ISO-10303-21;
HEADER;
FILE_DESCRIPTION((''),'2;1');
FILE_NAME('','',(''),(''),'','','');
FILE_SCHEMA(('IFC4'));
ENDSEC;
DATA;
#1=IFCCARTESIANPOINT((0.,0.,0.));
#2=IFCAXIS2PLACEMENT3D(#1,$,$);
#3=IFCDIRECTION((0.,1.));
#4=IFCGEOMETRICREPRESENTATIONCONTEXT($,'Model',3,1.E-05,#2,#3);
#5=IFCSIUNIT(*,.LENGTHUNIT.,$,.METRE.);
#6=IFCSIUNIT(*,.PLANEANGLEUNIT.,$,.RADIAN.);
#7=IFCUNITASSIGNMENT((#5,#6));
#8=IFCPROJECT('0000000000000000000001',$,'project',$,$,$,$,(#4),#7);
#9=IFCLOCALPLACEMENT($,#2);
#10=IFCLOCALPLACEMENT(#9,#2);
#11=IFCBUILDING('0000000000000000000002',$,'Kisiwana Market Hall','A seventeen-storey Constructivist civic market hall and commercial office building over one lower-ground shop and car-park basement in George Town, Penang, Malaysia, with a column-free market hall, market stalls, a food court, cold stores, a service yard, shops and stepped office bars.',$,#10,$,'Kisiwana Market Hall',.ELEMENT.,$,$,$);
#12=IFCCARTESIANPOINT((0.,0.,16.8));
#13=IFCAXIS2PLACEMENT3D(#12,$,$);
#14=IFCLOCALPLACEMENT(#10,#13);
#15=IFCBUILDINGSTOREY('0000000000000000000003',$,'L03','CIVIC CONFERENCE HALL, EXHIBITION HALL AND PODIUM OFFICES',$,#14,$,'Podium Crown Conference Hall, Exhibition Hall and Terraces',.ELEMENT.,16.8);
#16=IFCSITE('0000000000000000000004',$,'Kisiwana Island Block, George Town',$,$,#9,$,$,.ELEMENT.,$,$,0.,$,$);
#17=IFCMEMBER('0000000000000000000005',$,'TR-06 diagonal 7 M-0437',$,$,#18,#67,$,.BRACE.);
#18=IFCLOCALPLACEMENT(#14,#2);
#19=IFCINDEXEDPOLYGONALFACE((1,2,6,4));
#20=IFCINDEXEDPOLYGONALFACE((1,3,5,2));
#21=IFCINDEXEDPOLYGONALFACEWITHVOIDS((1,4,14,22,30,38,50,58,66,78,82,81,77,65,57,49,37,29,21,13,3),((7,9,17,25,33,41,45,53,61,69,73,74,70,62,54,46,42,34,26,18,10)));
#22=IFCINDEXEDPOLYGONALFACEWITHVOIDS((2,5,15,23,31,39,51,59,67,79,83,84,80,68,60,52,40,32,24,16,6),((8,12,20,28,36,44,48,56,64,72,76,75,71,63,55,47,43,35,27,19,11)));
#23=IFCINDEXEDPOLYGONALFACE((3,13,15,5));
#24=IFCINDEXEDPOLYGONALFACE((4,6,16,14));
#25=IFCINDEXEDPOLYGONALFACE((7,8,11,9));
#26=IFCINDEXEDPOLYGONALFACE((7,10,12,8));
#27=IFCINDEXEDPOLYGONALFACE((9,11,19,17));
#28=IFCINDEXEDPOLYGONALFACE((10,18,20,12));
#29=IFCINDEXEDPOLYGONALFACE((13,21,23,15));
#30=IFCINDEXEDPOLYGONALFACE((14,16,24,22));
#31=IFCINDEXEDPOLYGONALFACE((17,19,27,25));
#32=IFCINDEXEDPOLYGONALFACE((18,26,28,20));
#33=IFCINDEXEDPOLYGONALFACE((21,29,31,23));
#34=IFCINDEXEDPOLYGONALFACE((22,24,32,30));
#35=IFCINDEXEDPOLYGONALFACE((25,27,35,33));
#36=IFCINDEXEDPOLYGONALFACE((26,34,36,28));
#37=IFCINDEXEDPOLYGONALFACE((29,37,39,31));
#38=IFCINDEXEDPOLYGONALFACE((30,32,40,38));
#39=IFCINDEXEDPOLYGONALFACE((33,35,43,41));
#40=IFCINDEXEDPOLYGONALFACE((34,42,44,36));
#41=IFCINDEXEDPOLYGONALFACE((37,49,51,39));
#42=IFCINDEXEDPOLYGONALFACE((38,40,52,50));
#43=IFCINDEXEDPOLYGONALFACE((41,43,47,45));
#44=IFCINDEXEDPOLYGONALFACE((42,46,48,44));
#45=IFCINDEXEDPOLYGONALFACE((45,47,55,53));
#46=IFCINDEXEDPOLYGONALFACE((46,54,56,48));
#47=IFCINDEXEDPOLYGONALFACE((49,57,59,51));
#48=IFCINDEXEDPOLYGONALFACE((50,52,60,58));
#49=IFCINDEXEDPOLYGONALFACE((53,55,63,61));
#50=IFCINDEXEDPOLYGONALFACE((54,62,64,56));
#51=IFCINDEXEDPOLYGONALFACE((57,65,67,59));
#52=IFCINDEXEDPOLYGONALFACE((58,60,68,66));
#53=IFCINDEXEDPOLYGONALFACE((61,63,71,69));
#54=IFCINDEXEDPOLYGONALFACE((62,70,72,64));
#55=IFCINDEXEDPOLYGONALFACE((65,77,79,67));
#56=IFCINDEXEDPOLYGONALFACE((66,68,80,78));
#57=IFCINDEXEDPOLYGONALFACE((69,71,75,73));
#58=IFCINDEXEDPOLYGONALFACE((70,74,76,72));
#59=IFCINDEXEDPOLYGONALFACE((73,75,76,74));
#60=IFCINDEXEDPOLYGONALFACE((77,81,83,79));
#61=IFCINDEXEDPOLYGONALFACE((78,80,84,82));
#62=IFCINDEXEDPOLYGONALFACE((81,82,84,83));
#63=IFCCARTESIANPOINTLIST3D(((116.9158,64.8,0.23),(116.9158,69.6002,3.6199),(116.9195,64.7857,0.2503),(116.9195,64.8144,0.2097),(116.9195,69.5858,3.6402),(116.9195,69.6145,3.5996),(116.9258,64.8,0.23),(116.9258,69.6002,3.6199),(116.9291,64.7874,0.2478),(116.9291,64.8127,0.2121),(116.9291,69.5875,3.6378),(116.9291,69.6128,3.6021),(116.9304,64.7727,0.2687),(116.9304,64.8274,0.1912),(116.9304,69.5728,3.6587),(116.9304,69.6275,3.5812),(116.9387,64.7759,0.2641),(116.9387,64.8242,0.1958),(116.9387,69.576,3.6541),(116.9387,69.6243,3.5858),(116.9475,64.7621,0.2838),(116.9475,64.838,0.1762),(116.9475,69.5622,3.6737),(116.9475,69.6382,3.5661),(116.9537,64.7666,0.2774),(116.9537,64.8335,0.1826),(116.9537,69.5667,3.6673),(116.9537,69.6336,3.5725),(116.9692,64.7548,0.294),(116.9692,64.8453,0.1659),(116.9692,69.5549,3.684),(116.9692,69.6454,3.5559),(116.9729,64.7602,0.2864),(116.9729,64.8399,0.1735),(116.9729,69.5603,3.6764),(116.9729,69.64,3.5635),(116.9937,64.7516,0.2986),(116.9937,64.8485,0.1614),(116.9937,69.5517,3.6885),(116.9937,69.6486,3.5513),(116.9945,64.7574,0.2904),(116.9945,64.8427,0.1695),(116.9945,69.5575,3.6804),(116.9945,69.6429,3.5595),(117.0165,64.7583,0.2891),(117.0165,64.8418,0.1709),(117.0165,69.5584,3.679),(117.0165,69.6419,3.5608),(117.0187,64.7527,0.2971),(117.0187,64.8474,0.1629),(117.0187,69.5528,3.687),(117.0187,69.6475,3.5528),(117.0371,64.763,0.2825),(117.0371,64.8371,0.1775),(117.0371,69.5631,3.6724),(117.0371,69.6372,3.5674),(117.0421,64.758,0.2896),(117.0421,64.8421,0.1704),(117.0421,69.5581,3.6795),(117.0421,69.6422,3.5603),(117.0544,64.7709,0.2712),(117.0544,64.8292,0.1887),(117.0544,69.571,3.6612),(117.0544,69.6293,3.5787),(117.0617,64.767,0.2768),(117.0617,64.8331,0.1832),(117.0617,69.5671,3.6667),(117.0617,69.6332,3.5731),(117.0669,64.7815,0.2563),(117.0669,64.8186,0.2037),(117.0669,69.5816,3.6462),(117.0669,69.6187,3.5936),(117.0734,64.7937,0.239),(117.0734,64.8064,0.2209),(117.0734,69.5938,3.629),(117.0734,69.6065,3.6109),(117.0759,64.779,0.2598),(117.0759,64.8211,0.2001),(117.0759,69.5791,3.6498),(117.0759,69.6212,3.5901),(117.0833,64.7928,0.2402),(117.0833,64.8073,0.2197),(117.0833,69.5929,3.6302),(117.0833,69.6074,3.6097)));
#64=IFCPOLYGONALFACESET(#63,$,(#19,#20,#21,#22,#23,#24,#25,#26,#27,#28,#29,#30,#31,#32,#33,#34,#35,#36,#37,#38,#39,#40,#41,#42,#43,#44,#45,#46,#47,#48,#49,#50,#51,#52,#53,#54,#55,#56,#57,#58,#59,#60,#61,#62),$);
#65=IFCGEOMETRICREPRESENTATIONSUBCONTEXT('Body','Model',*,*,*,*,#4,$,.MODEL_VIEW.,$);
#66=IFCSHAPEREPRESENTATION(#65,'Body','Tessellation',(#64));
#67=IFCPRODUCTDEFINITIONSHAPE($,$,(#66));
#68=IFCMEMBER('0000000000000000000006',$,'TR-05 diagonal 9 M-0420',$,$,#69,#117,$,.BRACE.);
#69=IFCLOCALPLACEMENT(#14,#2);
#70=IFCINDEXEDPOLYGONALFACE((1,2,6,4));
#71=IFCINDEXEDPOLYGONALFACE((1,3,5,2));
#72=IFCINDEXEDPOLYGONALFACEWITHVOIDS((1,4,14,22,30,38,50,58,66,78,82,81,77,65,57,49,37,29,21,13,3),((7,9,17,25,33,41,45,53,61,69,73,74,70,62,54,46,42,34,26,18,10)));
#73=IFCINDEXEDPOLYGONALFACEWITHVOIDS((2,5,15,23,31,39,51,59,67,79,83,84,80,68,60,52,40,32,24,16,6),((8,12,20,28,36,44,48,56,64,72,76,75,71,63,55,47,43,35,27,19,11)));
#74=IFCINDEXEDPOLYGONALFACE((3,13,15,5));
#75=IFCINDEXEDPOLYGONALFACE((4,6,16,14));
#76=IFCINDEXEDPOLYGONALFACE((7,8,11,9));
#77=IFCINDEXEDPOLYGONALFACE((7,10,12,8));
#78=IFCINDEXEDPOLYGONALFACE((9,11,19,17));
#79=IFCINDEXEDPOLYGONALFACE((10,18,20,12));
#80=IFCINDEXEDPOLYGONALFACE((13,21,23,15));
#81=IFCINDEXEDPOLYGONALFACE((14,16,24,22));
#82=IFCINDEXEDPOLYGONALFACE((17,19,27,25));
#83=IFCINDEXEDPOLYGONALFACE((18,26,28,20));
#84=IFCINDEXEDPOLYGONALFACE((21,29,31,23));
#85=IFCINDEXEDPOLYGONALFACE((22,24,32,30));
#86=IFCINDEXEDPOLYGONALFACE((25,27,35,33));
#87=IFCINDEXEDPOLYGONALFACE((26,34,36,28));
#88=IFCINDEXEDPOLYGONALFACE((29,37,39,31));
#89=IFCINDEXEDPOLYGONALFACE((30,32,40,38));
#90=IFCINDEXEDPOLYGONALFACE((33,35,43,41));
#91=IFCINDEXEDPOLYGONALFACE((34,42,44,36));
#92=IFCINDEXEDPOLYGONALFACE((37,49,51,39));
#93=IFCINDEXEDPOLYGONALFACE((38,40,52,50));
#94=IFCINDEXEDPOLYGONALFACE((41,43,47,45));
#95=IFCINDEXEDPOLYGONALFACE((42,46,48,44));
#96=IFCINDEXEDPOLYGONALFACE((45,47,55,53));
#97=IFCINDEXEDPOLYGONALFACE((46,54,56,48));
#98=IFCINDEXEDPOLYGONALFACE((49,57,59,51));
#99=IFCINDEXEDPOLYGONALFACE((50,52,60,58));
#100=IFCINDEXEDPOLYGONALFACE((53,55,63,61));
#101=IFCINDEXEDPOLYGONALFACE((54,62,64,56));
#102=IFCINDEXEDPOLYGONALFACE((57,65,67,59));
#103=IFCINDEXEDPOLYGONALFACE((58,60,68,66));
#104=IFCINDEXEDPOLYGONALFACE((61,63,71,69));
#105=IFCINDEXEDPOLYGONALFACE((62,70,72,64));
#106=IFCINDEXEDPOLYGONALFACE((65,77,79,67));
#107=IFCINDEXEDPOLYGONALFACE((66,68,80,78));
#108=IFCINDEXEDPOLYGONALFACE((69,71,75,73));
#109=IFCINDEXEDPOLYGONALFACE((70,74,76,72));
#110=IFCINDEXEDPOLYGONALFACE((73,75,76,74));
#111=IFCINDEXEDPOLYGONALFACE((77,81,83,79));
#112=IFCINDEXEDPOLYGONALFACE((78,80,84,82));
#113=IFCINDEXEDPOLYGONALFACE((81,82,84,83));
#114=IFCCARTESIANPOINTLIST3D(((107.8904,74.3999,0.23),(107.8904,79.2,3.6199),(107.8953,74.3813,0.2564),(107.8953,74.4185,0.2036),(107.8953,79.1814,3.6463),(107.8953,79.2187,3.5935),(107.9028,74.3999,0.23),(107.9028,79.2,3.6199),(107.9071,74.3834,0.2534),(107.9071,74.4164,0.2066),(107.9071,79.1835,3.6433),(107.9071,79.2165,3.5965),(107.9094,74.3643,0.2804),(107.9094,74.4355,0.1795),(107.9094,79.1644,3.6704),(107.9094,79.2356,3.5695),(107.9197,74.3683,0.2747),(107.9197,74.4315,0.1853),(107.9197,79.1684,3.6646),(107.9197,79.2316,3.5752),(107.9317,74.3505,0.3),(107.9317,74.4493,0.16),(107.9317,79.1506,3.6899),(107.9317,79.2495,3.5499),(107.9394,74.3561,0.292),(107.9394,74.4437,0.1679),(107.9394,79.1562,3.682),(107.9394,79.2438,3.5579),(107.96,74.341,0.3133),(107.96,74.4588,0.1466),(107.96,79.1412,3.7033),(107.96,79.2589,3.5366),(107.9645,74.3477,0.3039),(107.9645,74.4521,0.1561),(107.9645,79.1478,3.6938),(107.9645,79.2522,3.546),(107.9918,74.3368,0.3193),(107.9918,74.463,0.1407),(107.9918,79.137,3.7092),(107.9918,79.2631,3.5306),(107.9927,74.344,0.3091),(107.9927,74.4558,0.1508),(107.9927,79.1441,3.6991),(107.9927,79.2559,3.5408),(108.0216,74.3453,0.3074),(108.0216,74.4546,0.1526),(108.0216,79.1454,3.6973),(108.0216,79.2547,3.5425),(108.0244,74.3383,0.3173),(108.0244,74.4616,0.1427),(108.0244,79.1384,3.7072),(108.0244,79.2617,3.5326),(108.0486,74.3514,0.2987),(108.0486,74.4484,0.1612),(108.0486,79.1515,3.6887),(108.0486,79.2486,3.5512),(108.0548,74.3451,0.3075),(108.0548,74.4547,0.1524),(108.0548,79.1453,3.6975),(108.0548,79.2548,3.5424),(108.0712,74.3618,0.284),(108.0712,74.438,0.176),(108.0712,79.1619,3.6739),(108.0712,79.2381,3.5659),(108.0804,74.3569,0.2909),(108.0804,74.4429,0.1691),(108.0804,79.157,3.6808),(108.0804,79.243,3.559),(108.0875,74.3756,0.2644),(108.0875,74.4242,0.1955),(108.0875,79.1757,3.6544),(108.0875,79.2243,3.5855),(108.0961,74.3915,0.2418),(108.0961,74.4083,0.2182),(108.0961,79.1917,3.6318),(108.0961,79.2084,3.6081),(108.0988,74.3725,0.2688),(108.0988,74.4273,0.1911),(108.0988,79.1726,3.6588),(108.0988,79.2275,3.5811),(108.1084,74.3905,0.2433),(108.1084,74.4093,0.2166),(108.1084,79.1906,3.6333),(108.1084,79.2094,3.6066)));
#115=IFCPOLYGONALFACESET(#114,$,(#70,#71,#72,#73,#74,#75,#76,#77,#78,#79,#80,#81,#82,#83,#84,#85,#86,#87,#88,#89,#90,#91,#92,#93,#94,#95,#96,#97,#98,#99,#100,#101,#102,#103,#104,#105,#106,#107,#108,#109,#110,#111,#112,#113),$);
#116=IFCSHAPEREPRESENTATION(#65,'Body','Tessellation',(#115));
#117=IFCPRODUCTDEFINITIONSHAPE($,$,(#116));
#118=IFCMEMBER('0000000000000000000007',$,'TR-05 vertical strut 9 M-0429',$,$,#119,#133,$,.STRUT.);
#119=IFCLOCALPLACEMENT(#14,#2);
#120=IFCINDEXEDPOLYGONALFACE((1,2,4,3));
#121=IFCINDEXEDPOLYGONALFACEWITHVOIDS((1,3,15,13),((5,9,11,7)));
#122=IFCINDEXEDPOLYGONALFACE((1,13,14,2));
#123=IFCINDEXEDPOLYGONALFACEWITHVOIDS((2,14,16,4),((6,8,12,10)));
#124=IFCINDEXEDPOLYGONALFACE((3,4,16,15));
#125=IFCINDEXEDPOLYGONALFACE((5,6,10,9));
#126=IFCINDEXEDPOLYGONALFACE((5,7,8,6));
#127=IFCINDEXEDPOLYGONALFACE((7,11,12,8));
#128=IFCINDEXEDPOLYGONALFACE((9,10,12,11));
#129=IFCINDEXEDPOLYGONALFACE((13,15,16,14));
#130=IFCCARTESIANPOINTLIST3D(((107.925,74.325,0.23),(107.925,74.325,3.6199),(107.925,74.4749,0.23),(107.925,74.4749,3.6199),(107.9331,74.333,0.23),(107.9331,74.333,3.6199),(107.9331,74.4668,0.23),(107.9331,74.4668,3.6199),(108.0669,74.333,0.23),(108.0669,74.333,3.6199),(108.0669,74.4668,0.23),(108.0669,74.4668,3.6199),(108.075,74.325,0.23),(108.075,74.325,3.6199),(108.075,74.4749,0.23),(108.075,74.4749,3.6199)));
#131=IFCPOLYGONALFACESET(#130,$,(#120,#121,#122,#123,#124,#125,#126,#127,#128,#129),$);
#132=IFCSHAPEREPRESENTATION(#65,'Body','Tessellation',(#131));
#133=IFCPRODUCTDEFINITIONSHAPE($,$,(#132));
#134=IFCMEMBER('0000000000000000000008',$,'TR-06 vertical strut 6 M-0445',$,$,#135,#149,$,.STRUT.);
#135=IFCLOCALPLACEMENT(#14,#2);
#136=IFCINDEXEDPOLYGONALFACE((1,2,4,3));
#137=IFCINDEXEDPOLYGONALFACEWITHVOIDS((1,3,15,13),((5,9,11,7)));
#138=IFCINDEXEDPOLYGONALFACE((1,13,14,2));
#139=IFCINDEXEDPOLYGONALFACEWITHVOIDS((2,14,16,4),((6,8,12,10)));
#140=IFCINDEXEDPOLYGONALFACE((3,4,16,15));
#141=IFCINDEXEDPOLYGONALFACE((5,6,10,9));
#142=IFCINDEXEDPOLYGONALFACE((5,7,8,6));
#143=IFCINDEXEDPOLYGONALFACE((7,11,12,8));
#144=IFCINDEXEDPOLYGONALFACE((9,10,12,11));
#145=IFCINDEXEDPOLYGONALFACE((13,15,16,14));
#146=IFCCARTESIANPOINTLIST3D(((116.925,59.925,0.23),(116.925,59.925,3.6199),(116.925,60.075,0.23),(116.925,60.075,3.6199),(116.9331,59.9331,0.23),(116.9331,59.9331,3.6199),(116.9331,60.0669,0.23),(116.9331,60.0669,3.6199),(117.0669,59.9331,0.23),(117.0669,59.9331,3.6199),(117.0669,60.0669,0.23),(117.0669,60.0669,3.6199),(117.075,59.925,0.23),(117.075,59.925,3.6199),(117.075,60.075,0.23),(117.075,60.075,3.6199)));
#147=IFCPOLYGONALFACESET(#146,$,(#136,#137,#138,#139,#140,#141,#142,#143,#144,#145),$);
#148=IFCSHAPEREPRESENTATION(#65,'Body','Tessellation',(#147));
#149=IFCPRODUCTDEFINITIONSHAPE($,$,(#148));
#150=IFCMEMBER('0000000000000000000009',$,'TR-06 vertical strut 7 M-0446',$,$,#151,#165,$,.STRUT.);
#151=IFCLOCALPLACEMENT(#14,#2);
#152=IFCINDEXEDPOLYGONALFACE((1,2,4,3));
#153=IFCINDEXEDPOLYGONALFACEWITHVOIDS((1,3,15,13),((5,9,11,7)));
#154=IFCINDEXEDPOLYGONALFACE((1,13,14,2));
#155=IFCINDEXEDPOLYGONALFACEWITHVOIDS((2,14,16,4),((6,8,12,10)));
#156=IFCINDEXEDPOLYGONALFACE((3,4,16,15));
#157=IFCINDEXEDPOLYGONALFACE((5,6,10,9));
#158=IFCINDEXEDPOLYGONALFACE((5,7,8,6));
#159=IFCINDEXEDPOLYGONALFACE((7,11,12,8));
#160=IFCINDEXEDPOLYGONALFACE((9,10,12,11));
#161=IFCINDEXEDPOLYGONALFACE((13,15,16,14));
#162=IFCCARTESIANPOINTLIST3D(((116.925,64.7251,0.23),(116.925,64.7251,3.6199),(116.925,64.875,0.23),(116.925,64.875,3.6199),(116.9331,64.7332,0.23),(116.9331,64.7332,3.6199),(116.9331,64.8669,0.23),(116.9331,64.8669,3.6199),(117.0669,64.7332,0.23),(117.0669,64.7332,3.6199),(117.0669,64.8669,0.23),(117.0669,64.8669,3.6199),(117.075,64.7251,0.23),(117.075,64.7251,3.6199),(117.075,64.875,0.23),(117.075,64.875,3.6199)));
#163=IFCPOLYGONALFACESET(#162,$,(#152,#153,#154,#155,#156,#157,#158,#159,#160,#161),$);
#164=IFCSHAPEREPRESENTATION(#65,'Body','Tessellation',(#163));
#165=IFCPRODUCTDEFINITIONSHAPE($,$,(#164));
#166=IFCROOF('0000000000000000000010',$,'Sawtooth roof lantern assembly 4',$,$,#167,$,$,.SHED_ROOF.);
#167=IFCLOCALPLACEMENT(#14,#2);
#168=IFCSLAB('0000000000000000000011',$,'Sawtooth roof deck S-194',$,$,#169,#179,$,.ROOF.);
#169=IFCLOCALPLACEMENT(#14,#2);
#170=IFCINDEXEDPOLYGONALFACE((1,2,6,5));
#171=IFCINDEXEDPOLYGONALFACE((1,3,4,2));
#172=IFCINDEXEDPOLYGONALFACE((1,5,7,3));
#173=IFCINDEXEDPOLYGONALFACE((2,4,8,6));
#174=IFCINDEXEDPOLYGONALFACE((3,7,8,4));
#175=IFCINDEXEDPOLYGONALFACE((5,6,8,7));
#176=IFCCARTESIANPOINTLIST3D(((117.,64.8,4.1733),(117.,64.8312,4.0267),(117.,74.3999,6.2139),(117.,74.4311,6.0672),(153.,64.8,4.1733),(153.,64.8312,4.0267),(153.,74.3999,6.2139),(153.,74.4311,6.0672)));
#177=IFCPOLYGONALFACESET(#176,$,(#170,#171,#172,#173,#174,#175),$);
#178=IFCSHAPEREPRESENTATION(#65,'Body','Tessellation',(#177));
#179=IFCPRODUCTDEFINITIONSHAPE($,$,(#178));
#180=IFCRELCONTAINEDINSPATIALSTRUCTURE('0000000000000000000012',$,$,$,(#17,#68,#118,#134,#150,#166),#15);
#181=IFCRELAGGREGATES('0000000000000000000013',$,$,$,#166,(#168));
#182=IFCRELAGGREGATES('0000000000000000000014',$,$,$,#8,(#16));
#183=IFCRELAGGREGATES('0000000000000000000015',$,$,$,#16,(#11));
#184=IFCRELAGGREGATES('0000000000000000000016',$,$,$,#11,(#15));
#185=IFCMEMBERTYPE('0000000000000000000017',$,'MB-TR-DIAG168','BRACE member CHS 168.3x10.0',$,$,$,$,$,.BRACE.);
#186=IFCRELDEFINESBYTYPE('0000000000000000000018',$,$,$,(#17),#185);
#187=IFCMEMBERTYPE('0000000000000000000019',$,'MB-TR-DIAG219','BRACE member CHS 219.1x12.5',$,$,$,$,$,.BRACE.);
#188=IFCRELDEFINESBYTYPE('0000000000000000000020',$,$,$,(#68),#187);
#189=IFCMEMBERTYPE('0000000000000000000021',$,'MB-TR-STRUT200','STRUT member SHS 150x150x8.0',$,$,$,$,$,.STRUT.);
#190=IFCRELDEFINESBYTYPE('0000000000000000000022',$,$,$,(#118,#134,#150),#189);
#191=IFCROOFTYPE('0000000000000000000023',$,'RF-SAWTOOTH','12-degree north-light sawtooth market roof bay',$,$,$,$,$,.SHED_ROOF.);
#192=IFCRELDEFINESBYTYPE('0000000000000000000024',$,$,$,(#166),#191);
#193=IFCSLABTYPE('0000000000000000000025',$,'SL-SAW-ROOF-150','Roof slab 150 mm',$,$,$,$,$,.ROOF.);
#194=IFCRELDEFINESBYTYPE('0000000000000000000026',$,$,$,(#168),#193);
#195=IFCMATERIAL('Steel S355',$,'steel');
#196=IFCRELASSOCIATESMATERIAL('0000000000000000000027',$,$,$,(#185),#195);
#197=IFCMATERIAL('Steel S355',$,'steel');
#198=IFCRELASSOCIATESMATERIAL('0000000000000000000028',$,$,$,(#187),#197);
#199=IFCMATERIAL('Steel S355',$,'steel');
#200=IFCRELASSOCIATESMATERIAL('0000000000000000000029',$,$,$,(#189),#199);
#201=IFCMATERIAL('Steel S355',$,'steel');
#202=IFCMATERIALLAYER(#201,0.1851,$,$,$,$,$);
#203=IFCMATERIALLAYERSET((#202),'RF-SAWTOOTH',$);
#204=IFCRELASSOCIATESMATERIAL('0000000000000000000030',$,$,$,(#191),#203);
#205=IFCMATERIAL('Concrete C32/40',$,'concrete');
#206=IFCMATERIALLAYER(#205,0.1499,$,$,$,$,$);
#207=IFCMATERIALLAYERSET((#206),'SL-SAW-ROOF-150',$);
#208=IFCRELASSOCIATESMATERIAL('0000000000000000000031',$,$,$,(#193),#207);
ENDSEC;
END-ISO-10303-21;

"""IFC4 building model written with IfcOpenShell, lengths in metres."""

from ifc_helpers import new_model, si_unit, direction, frame, origin, origin_2d, place, context, subcontext, project, spatial, polyline, hollow_rectangle, hollow_circle, outline, extrude, material, layer, layer_set, material_profile, profile_set, type_object, element, aggregate, save


model = new_model("IFC4")

# Units and contexts
model_context = context("Model", 3, precision=1e-05, world=origin(), true_north=direction((0.0, 1.0)))
body_context = subcontext(model_context, "Body", "Model", "MODEL_VIEW")
ifc_project = project(units=[si_unit("LENGTHUNIT", "METRE"), si_unit("PLANEANGLEUNIT", "RADIAN")], contexts=[model_context])

# Site, building, storey
site_placement = place(None, origin())
site = spatial("IfcSite", under=ifc_project, at=site_placement, Name="Kisiwana Island Block, George Town", CompositionType="ELEMENT", RefElevation=0.0)
building_placement = place(site_placement, origin())
building = spatial("IfcBuilding", under=site, at=building_placement, Name="Kisiwana Market Hall", Description="A seventeen-storey Constructivist civic market hall and commercial office building over one lower-ground shop and car-park basement in George Town, Penang, Malaysia, with a column-free market hall, market stalls, a food court, cold stores, a service yard, shops and stepped office bars.", LongName="Kisiwana Market Hall", CompositionType="ELEMENT")
storey_placement = place(building_placement, frame((0.0, 0.0, 16.8)))
storey = spatial("IfcBuildingStorey", under=building, at=storey_placement, Name="L03", Description="CIVIC CONFERENCE HALL, EXHIBITION HALL AND PODIUM OFFICES", LongName="Podium Crown Conference Hall, Exhibition Hall and Terraces", CompositionType="ELEMENT", Elevation=16.8)

# Members
ifc_material_1 = material(Name="Steel S355", Category="steel")
ifc_material_profile_1 = material_profile(ifc_material_1, hollow_circle(Radius=0.0842, WallThickness=0.01, at=origin_2d()), Name="CHS 168.3x10.0")
ifc_profile_set_1 = profile_set([ifc_material_profile_1], Name="Steel S355")
member_type_1 = type_object("IfcMemberType", Name="MB-TR-DIAG168", Description="BRACE member CHS 168.3x10.0", PredefinedType="BRACE", material=ifc_profile_set_1)
for number, where, z_axis, x_axis, name in (
    (1, (117.0, 64.8, 0.23), (0.0, 0.816838, 0.576868), (-1.0, 0.0, 0.0), "TR-06 diagonal 7 M-0437"),
):
    element("IfcMember", number, at=place(storey_placement, frame(where, z_axis=z_axis, x_axis=x_axis)), inside=storey, type_object=member_type_1, Name=name, PredefinedType="BRACE", context=body_context, shape_type="SweptSolid", body=[
        extrude(hollow_circle(Radius=0.0842, WallThickness=0.01, at=origin_2d()), origin(), (0.0, 0.0, 1.0), 5.8765),
    ])
ifc_material_2 = material(Name="Steel S355", Category="steel")
ifc_material_profile_2 = material_profile(ifc_material_2, hollow_circle(Radius=0.1096, WallThickness=0.0125, at=origin_2d()), Name="CHS 219.1x12.5")
ifc_profile_set_2 = profile_set([ifc_material_profile_2], Name="Steel S355")
member_type_2 = type_object("IfcMemberType", Name="MB-TR-DIAG219", Description="BRACE member CHS 219.1x12.5", PredefinedType="BRACE", material=ifc_profile_set_2)
member_1_placement = place(storey_placement, frame((108.0, 74.3999, 0.23), z_axis=(0.0, 0.816838, 0.576868), x_axis=(-1.0, 0.0, 0.0)))
element("IfcMember", 2, at=member_1_placement, inside=storey, type_object=member_type_2, Name="TR-05 diagonal 9 M-0420", PredefinedType="BRACE", context=body_context, shape_type="SweptSolid", body=[
    extrude(hollow_circle(Radius=0.1096, WallThickness=0.0125, at=origin_2d()), origin(), (0.0, 0.0, 1.0), 5.8765),
])
ifc_material_3 = material(Name="Steel S355", Category="steel")
ifc_material_profile_3 = material_profile(ifc_material_3, hollow_rectangle(XDim=0.1499, YDim=0.1499, WallThickness=0.0081, at=origin_2d()), Name="SHS 150x150x8.0")
ifc_profile_set_3 = profile_set([ifc_material_profile_3], Name="Steel S355")
member_type_3 = type_object("IfcMemberType", Name="MB-TR-STRUT200", Description="STRUT member SHS 150x150x8.0", PredefinedType="STRUT", material=ifc_profile_set_3)
for number, where, z_axis, x_axis, name in (
    (3, (108.0, 74.3999, 0.23), (0.0, 0.0, 1.0), (1.0, 0.0, 0.0), "TR-05 vertical strut 9 M-0429"),
    (4, (117.0, 60.0, 0.23), (0.0, 0.0, 1.0), (1.0, 0.0, 0.0), "TR-06 vertical strut 6 M-0445"),
    (5, (117.0, 64.8, 0.23), (0.0, 0.0, 1.0), (1.0, 0.0, 0.0), "TR-06 vertical strut 7 M-0446"),
):
    element("IfcMember", number, at=place(storey_placement, frame(where, z_axis=z_axis, x_axis=x_axis)), inside=storey, type_object=member_type_3, Name=name, PredefinedType="STRUT", context=body_context, shape_type="SweptSolid", body=[
        extrude(hollow_rectangle(XDim=0.1499, YDim=0.1499, WallThickness=0.0081, at=origin_2d()), origin(), (0.0, 0.0, 1.0), 3.3899),
    ])

# Roof, slab
ifc_material_4 = material(Name="Steel S355", Category="steel")
ifc_layer_1 = layer(ifc_material_4, 0.1851)
ifc_layer_set_1 = layer_set([ifc_layer_1], Name="RF-SAWTOOTH")
roof_type = type_object("IfcRoofType", Name="RF-SAWTOOTH", Description="12-degree north-light sawtooth market roof bay", PredefinedType="SHED_ROOF", material=ifc_layer_set_1)
roof_placement = place(storey_placement, origin())
roof = element("IfcRoof", 6, at=roof_placement, inside=storey, type_object=roof_type, Name="Sawtooth roof lantern assembly 4", PredefinedType="SHED_ROOF")
ifc_material_5 = material(Name="Concrete C32/40", Category="concrete")
ifc_layer_2 = layer(ifc_material_5, 0.1499)
ifc_layer_set_2 = layer_set([ifc_layer_2], Name="SL-SAW-ROOF-150")
slab_type = type_object("IfcSlabType", Name="SL-SAW-ROOF-150", Description="Roof slab 150 mm", PredefinedType="ROOF", material=ifc_layer_set_2)
slab_placement = place(storey_placement, frame((117.0, 64.8, 4.1733), z_axis=(0.0, -0.207913, 0.978147), x_axis=(1.0, 0.0, 0.0)))
slab = element("IfcSlab", 7, at=slab_placement, type_object=slab_type, Name="Sawtooth roof deck S-194", PredefinedType="ROOF", context=body_context, shape_type="SweptSolid", body=[
    extrude(outline(polyline([(0.0, 0.0), (36.0, 0.0), (36.0, 9.8143), (0.0, 9.8143), (0.0, 0.0)])), origin(), (0.0, 0.0, -1.0), 0.1499),
])
aggregate(roof, [slab])

save(model, "model.ifc")
